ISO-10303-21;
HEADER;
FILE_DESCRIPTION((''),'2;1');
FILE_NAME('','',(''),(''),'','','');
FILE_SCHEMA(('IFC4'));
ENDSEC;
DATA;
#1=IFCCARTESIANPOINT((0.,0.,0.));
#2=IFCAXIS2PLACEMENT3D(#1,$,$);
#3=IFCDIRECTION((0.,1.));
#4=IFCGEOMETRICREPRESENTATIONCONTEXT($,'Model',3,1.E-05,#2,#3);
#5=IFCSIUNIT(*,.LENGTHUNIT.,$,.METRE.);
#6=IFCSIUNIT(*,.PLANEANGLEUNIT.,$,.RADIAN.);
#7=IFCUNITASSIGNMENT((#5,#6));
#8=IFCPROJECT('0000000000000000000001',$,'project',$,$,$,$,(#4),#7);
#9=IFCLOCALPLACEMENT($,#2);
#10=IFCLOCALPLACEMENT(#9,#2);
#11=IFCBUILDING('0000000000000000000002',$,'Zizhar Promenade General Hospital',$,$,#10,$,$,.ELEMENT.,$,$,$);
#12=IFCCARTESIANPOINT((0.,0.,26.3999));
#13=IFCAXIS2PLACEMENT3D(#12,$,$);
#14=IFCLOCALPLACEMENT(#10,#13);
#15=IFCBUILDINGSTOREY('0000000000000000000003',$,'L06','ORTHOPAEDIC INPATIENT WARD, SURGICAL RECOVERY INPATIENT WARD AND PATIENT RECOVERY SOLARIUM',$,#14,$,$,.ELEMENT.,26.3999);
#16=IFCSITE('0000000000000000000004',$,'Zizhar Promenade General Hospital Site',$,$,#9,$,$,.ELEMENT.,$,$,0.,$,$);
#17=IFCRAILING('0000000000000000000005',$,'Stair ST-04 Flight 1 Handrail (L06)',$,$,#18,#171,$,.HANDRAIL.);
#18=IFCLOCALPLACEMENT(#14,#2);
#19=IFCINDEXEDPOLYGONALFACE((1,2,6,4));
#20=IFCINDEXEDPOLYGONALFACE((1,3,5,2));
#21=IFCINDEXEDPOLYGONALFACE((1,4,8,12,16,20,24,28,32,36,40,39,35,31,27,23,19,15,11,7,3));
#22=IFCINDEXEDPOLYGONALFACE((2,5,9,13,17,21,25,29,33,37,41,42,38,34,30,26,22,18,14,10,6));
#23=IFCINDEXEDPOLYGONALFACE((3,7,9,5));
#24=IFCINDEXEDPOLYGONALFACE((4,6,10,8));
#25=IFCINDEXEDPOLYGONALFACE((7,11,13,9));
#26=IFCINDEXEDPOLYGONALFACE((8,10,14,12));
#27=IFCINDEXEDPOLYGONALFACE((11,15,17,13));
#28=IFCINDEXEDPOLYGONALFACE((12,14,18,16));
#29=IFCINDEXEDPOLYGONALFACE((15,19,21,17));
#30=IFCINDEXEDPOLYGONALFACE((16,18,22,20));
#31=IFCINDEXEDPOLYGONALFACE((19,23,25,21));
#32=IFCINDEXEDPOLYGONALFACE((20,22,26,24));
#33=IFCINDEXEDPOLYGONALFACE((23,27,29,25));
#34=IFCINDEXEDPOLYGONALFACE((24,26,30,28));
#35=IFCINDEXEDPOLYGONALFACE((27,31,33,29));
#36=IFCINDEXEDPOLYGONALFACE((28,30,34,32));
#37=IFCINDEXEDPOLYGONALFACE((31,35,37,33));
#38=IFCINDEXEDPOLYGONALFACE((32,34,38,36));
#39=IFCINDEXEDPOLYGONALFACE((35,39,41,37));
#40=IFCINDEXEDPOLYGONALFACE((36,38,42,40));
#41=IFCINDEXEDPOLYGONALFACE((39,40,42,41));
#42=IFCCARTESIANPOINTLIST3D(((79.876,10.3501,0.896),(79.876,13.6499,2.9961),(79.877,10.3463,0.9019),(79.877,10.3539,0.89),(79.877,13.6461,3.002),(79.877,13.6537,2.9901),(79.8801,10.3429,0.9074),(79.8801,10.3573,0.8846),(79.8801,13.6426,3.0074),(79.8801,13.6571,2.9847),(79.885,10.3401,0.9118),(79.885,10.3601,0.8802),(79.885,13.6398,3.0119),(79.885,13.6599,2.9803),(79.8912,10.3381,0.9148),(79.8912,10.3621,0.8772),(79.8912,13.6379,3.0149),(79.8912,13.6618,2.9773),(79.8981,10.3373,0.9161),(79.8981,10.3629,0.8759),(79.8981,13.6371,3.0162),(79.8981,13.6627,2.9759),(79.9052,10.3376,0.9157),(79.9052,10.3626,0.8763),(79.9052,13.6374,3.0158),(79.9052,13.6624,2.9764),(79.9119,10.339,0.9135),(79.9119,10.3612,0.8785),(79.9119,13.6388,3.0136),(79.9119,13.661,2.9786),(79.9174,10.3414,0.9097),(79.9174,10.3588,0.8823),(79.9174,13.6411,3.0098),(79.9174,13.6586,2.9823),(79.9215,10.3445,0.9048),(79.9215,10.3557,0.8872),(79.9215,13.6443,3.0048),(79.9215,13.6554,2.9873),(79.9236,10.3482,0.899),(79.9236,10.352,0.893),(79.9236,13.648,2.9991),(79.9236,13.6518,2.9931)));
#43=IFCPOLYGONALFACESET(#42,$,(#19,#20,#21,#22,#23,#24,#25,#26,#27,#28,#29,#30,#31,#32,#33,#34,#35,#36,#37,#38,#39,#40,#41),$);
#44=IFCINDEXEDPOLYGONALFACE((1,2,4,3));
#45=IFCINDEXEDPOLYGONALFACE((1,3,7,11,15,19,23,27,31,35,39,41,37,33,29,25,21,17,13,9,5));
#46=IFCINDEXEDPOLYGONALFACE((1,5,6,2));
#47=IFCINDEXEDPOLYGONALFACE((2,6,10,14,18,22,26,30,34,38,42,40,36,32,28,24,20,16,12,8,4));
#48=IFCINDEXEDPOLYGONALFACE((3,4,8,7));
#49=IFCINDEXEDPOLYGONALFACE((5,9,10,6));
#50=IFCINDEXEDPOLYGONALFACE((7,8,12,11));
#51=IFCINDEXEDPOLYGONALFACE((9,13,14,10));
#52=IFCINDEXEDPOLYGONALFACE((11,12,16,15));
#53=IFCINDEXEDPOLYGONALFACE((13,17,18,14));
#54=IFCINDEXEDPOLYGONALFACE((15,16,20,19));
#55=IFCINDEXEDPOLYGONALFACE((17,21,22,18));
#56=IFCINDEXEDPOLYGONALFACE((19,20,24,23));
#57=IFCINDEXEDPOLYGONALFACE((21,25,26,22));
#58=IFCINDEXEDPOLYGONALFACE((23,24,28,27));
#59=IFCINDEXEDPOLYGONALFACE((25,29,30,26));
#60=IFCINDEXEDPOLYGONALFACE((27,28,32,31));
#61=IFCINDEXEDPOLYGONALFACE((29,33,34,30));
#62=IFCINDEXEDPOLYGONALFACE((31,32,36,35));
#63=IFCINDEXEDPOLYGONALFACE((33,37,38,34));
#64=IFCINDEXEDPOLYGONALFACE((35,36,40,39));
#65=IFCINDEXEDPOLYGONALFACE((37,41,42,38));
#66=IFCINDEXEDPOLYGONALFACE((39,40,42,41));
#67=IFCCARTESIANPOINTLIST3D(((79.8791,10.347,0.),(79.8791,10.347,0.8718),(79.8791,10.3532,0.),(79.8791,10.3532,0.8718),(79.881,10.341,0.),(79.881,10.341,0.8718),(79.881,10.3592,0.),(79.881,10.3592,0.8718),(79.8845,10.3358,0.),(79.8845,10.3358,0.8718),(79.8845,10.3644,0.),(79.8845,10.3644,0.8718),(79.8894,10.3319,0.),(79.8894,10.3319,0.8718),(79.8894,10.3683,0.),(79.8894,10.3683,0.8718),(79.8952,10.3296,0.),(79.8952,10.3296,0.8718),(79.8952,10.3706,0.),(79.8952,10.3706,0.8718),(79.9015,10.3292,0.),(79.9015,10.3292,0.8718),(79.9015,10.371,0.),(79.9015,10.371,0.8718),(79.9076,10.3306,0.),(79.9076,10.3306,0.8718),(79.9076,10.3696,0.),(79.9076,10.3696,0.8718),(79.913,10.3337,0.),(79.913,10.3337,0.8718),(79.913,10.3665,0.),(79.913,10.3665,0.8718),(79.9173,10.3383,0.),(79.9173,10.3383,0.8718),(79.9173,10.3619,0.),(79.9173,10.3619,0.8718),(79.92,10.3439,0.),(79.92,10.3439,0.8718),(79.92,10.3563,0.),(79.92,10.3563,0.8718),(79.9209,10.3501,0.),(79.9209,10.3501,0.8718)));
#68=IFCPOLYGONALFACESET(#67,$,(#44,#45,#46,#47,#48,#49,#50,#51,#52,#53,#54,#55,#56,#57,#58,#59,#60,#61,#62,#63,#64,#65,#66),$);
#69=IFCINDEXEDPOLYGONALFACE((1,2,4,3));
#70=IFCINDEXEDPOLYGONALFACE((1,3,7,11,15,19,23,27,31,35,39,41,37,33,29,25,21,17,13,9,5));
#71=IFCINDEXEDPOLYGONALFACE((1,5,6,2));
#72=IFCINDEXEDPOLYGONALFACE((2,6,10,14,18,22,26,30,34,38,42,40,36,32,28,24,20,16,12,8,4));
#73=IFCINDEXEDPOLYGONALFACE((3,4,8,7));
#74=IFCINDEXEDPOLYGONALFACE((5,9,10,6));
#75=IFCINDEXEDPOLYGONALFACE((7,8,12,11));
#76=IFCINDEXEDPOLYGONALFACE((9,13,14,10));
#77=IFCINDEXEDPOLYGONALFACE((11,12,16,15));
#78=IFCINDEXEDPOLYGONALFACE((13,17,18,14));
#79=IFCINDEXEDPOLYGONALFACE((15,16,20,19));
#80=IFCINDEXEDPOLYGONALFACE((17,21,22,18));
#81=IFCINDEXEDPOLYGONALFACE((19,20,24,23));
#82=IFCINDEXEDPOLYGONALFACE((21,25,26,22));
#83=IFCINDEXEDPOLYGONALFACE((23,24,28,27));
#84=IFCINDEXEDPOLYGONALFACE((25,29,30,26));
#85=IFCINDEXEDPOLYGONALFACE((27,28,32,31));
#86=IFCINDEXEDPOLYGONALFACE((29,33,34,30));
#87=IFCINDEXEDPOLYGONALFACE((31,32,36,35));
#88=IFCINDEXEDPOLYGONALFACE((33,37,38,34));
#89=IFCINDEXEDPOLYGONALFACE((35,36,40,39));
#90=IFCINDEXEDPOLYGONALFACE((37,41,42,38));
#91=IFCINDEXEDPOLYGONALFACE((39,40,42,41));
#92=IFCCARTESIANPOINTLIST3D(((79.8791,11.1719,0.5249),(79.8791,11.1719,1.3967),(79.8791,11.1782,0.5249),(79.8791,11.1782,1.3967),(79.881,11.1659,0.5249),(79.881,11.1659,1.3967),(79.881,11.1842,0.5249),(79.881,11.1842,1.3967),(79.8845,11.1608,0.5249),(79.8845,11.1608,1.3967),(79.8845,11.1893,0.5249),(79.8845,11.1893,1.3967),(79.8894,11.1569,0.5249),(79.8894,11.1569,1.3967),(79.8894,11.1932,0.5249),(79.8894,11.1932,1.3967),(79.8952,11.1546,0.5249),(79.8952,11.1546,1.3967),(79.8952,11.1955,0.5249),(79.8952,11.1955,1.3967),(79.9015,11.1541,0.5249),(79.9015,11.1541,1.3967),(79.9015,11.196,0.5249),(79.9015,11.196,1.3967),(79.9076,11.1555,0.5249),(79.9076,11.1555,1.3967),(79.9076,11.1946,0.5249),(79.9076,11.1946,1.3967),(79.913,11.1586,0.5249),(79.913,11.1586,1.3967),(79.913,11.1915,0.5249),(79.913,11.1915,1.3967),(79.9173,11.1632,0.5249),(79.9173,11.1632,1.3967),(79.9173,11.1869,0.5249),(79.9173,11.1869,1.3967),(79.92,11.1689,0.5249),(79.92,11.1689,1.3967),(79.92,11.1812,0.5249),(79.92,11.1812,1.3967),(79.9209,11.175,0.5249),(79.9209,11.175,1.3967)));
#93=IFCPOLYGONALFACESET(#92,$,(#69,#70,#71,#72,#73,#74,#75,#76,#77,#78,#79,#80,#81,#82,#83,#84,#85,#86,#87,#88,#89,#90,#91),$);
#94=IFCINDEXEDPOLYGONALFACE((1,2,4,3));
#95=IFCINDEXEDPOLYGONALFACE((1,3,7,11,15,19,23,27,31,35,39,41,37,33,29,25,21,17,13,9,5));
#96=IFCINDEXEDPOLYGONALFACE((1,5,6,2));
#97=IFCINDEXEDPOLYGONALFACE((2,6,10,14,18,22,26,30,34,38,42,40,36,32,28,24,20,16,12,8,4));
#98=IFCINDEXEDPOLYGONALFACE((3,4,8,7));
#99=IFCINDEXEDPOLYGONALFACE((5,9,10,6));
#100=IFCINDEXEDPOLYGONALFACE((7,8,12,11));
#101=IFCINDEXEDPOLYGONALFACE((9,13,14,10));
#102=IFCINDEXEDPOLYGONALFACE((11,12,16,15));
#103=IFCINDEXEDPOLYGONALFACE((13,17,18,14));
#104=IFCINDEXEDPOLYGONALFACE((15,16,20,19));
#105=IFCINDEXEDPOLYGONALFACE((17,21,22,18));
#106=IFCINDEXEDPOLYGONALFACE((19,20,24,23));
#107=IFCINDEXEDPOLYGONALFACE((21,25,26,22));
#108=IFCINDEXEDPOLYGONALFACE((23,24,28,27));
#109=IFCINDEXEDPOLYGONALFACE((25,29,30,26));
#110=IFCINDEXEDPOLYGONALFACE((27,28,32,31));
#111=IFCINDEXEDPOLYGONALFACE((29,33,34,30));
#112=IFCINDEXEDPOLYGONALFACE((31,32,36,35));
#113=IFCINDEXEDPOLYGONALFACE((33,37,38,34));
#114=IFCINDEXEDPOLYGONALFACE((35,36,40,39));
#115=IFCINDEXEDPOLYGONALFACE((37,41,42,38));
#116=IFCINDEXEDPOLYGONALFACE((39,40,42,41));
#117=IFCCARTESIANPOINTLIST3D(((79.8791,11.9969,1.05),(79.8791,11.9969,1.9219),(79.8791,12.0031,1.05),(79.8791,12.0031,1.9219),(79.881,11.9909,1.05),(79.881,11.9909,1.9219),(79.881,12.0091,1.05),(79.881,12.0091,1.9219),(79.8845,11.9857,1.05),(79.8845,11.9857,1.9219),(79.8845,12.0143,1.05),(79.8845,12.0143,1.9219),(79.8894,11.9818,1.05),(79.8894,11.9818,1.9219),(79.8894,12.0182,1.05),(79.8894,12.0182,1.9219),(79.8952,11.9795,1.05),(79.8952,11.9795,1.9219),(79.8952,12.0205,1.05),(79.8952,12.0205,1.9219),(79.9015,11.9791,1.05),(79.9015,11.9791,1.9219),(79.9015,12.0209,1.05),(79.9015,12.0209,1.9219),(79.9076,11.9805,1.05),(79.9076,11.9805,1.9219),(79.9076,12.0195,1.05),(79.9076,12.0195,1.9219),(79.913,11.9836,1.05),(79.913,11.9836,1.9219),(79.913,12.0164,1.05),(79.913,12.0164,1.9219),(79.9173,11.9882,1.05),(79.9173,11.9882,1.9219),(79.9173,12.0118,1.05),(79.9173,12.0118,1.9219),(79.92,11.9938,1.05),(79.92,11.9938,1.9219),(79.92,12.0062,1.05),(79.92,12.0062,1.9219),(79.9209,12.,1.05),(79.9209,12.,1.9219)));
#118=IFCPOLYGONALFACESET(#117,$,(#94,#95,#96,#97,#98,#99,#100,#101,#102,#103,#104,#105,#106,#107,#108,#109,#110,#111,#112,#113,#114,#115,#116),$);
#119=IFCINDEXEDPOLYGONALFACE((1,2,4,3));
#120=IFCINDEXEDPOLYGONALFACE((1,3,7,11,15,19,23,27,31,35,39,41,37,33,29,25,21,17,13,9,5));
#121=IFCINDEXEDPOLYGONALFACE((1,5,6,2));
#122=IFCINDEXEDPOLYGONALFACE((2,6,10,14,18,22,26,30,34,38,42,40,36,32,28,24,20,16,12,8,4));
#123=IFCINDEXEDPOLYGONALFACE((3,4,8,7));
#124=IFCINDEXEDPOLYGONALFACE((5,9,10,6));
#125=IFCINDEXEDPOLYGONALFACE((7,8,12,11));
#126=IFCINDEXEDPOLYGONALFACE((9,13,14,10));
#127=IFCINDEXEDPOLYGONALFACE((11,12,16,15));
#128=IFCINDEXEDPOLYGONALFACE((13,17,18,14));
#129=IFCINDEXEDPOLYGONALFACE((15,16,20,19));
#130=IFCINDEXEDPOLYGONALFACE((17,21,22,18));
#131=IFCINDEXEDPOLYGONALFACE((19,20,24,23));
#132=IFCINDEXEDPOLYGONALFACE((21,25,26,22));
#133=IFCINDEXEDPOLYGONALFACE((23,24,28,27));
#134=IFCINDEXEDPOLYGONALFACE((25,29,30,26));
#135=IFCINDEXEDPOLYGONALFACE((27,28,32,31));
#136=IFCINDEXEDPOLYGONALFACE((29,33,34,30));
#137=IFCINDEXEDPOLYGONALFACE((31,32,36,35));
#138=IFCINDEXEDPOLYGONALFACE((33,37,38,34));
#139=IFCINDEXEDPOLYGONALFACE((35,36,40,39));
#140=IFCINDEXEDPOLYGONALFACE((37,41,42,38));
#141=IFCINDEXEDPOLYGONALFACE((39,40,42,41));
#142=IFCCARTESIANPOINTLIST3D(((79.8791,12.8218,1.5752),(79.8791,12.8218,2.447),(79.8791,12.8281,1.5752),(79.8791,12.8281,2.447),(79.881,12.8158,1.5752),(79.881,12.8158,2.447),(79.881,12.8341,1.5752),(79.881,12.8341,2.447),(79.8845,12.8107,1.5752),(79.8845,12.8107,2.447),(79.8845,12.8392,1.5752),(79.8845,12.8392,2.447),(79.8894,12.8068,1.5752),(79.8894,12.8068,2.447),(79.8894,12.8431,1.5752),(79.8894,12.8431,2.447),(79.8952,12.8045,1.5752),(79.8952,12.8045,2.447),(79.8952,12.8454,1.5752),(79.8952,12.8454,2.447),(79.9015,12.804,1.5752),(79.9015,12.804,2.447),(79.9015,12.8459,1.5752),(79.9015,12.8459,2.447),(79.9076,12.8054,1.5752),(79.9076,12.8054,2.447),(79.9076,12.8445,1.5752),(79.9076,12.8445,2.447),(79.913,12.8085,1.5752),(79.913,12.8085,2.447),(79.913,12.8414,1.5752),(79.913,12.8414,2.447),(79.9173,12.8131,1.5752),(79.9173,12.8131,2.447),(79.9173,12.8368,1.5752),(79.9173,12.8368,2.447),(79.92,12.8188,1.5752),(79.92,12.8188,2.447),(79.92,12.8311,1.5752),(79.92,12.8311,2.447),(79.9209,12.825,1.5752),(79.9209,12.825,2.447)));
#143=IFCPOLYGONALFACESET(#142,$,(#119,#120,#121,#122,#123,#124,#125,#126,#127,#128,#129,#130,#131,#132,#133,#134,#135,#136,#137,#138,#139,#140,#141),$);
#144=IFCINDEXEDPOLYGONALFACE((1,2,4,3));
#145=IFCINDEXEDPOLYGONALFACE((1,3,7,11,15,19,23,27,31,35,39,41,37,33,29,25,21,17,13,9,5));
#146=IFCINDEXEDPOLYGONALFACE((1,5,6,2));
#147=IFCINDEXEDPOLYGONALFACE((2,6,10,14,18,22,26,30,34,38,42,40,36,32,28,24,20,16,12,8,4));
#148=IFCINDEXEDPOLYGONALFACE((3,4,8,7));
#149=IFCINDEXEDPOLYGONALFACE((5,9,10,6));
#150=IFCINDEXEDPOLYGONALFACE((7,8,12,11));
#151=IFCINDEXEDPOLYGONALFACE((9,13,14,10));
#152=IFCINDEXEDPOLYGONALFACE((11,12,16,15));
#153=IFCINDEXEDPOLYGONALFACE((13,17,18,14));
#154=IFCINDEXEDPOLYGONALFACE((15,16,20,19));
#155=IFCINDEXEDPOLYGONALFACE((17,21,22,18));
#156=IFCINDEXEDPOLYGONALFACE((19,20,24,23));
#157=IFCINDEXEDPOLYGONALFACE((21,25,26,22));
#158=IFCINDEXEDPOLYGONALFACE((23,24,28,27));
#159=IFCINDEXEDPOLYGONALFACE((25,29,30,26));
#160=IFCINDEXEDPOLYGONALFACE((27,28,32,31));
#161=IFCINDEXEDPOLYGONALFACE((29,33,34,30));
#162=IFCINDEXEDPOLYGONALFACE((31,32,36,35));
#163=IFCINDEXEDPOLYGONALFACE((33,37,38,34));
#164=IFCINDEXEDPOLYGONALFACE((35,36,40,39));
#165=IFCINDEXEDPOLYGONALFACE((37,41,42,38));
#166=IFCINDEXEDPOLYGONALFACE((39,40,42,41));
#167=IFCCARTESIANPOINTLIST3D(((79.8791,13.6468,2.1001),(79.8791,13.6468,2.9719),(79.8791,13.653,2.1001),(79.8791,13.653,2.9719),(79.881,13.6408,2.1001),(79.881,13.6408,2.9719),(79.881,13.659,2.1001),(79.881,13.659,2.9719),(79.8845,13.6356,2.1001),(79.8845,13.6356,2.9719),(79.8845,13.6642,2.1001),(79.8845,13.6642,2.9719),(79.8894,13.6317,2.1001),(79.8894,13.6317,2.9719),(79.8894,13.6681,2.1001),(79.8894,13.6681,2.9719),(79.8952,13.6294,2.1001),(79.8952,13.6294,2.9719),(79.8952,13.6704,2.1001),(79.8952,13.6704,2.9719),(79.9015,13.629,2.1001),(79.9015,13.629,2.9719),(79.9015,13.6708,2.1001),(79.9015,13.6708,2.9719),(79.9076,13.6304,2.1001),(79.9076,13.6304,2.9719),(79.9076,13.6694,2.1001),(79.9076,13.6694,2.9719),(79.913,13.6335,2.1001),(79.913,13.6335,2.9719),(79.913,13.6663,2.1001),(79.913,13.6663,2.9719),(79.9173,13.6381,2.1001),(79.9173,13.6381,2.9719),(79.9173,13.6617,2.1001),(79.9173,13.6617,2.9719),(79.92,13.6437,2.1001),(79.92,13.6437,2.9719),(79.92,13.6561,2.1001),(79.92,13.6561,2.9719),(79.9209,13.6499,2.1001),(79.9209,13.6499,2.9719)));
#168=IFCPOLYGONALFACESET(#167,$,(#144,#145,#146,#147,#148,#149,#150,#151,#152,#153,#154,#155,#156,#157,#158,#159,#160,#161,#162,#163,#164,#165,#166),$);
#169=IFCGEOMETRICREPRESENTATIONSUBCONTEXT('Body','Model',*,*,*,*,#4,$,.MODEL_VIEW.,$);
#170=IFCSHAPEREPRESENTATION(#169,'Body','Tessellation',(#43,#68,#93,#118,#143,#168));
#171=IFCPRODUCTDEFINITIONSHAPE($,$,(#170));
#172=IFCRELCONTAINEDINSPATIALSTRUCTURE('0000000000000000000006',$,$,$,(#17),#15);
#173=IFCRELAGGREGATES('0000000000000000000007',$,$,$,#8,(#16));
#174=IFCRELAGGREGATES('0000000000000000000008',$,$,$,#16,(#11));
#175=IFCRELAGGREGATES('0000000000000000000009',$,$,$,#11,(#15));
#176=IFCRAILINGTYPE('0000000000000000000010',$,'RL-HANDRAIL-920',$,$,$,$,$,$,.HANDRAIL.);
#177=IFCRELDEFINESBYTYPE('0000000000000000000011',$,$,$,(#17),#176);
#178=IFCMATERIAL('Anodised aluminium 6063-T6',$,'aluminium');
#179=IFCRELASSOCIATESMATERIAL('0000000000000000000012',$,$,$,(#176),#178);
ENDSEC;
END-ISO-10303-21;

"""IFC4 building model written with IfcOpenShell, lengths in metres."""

from ifc_helpers import new_model, si_unit, direction, frame, origin, origin_2d, place, context, subcontext, project, spatial, circle, hollow_circle, extrude, material, material_profile, profile_set, type_object, element, save


model = new_model("IFC4")

# Units and contexts
model_context = context("Model", 3, precision=1e-05, world=origin(), true_north=direction((0.0, 1.0)))
body_context = subcontext(model_context, "Body", "Model", "MODEL_VIEW")
ifc_project = project(units=[si_unit("LENGTHUNIT", "METRE"), si_unit("PLANEANGLEUNIT", "RADIAN")], contexts=[model_context])

# Site, building, storey
site_placement = place(None, origin())
site = spatial("IfcSite", under=ifc_project, at=site_placement, Name="Zizhar Promenade General Hospital Site", CompositionType="ELEMENT", RefElevation=0.0)
building_placement = place(site_placement, origin())
building = spatial("IfcBuilding", under=site, at=building_placement, Name="Zizhar Promenade General Hospital", CompositionType="ELEMENT")
storey_placement = place(building_placement, frame((0.0, 0.0, 26.3999)))
storey = spatial("IfcBuildingStorey", under=building, at=storey_placement, Name="L06", Description="ORTHOPAEDIC INPATIENT WARD, SURGICAL RECOVERY INPATIENT WARD AND PATIENT RECOVERY SOLARIUM", CompositionType="ELEMENT", Elevation=26.3999)

# Railing
ifc_material_1 = material(Name="Anodised aluminium 6063-T6", Category="aluminium")
ifc_material_profile_1 = material_profile(ifc_material_1, hollow_circle(Radius=0.0698, WallThickness=0.0063, at=origin_2d()))
ifc_profile_set_1 = profile_set([ifc_material_profile_1], Name="Anodised aluminium 6063-T6")
railing_type_1 = type_object("IfcRailingType", Name="RL-HANDRAIL-920", PredefinedType="HANDRAIL", material=ifc_profile_set_1)
railing_1_placement = place(storey_placement, frame((79.8999, 10.3501, 0.0)))
element("IfcRailing", 1, at=railing_1_placement, inside=storey, type_object=railing_type_1, Name="Stair ST-04 Flight 1 Handrail (L06)", PredefinedType="HANDRAIL", context=body_context, shape_type="SweptSolid", body=[
    extrude(circle(Radius=0.0239, at=origin_2d()), frame((0.0, 0.0, 0.896), z_axis=(0.0, 0.843636, 0.536916), x_axis=(-1.0, 0.0, 0.0)), (0.0, 0.0, 1.0), 3.9114),
    extrude(circle(Radius=0.021, at=origin_2d()), origin(), (0.0, 0.0, 1.0), 0.8718),
    extrude(circle(Radius=0.021, at=origin_2d()), frame((0.0, 0.825, 0.5249)), (0.0, 0.0, 1.0), 0.8718),
    extrude(circle(Radius=0.021, at=origin_2d()), frame((0.0, 1.6499, 1.05)), (0.0, 0.0, 1.0), 0.8718),
    extrude(circle(Radius=0.021, at=origin_2d()), frame((0.0, 2.4749, 1.5752)), (0.0, 0.0, 1.0), 0.8718),
    extrude(circle(Radius=0.021, at=origin_2d()), frame((0.0, 3.2998, 2.1001)), (0.0, 0.0, 1.0), 0.8718),
])

save(model, "model.ifc")
